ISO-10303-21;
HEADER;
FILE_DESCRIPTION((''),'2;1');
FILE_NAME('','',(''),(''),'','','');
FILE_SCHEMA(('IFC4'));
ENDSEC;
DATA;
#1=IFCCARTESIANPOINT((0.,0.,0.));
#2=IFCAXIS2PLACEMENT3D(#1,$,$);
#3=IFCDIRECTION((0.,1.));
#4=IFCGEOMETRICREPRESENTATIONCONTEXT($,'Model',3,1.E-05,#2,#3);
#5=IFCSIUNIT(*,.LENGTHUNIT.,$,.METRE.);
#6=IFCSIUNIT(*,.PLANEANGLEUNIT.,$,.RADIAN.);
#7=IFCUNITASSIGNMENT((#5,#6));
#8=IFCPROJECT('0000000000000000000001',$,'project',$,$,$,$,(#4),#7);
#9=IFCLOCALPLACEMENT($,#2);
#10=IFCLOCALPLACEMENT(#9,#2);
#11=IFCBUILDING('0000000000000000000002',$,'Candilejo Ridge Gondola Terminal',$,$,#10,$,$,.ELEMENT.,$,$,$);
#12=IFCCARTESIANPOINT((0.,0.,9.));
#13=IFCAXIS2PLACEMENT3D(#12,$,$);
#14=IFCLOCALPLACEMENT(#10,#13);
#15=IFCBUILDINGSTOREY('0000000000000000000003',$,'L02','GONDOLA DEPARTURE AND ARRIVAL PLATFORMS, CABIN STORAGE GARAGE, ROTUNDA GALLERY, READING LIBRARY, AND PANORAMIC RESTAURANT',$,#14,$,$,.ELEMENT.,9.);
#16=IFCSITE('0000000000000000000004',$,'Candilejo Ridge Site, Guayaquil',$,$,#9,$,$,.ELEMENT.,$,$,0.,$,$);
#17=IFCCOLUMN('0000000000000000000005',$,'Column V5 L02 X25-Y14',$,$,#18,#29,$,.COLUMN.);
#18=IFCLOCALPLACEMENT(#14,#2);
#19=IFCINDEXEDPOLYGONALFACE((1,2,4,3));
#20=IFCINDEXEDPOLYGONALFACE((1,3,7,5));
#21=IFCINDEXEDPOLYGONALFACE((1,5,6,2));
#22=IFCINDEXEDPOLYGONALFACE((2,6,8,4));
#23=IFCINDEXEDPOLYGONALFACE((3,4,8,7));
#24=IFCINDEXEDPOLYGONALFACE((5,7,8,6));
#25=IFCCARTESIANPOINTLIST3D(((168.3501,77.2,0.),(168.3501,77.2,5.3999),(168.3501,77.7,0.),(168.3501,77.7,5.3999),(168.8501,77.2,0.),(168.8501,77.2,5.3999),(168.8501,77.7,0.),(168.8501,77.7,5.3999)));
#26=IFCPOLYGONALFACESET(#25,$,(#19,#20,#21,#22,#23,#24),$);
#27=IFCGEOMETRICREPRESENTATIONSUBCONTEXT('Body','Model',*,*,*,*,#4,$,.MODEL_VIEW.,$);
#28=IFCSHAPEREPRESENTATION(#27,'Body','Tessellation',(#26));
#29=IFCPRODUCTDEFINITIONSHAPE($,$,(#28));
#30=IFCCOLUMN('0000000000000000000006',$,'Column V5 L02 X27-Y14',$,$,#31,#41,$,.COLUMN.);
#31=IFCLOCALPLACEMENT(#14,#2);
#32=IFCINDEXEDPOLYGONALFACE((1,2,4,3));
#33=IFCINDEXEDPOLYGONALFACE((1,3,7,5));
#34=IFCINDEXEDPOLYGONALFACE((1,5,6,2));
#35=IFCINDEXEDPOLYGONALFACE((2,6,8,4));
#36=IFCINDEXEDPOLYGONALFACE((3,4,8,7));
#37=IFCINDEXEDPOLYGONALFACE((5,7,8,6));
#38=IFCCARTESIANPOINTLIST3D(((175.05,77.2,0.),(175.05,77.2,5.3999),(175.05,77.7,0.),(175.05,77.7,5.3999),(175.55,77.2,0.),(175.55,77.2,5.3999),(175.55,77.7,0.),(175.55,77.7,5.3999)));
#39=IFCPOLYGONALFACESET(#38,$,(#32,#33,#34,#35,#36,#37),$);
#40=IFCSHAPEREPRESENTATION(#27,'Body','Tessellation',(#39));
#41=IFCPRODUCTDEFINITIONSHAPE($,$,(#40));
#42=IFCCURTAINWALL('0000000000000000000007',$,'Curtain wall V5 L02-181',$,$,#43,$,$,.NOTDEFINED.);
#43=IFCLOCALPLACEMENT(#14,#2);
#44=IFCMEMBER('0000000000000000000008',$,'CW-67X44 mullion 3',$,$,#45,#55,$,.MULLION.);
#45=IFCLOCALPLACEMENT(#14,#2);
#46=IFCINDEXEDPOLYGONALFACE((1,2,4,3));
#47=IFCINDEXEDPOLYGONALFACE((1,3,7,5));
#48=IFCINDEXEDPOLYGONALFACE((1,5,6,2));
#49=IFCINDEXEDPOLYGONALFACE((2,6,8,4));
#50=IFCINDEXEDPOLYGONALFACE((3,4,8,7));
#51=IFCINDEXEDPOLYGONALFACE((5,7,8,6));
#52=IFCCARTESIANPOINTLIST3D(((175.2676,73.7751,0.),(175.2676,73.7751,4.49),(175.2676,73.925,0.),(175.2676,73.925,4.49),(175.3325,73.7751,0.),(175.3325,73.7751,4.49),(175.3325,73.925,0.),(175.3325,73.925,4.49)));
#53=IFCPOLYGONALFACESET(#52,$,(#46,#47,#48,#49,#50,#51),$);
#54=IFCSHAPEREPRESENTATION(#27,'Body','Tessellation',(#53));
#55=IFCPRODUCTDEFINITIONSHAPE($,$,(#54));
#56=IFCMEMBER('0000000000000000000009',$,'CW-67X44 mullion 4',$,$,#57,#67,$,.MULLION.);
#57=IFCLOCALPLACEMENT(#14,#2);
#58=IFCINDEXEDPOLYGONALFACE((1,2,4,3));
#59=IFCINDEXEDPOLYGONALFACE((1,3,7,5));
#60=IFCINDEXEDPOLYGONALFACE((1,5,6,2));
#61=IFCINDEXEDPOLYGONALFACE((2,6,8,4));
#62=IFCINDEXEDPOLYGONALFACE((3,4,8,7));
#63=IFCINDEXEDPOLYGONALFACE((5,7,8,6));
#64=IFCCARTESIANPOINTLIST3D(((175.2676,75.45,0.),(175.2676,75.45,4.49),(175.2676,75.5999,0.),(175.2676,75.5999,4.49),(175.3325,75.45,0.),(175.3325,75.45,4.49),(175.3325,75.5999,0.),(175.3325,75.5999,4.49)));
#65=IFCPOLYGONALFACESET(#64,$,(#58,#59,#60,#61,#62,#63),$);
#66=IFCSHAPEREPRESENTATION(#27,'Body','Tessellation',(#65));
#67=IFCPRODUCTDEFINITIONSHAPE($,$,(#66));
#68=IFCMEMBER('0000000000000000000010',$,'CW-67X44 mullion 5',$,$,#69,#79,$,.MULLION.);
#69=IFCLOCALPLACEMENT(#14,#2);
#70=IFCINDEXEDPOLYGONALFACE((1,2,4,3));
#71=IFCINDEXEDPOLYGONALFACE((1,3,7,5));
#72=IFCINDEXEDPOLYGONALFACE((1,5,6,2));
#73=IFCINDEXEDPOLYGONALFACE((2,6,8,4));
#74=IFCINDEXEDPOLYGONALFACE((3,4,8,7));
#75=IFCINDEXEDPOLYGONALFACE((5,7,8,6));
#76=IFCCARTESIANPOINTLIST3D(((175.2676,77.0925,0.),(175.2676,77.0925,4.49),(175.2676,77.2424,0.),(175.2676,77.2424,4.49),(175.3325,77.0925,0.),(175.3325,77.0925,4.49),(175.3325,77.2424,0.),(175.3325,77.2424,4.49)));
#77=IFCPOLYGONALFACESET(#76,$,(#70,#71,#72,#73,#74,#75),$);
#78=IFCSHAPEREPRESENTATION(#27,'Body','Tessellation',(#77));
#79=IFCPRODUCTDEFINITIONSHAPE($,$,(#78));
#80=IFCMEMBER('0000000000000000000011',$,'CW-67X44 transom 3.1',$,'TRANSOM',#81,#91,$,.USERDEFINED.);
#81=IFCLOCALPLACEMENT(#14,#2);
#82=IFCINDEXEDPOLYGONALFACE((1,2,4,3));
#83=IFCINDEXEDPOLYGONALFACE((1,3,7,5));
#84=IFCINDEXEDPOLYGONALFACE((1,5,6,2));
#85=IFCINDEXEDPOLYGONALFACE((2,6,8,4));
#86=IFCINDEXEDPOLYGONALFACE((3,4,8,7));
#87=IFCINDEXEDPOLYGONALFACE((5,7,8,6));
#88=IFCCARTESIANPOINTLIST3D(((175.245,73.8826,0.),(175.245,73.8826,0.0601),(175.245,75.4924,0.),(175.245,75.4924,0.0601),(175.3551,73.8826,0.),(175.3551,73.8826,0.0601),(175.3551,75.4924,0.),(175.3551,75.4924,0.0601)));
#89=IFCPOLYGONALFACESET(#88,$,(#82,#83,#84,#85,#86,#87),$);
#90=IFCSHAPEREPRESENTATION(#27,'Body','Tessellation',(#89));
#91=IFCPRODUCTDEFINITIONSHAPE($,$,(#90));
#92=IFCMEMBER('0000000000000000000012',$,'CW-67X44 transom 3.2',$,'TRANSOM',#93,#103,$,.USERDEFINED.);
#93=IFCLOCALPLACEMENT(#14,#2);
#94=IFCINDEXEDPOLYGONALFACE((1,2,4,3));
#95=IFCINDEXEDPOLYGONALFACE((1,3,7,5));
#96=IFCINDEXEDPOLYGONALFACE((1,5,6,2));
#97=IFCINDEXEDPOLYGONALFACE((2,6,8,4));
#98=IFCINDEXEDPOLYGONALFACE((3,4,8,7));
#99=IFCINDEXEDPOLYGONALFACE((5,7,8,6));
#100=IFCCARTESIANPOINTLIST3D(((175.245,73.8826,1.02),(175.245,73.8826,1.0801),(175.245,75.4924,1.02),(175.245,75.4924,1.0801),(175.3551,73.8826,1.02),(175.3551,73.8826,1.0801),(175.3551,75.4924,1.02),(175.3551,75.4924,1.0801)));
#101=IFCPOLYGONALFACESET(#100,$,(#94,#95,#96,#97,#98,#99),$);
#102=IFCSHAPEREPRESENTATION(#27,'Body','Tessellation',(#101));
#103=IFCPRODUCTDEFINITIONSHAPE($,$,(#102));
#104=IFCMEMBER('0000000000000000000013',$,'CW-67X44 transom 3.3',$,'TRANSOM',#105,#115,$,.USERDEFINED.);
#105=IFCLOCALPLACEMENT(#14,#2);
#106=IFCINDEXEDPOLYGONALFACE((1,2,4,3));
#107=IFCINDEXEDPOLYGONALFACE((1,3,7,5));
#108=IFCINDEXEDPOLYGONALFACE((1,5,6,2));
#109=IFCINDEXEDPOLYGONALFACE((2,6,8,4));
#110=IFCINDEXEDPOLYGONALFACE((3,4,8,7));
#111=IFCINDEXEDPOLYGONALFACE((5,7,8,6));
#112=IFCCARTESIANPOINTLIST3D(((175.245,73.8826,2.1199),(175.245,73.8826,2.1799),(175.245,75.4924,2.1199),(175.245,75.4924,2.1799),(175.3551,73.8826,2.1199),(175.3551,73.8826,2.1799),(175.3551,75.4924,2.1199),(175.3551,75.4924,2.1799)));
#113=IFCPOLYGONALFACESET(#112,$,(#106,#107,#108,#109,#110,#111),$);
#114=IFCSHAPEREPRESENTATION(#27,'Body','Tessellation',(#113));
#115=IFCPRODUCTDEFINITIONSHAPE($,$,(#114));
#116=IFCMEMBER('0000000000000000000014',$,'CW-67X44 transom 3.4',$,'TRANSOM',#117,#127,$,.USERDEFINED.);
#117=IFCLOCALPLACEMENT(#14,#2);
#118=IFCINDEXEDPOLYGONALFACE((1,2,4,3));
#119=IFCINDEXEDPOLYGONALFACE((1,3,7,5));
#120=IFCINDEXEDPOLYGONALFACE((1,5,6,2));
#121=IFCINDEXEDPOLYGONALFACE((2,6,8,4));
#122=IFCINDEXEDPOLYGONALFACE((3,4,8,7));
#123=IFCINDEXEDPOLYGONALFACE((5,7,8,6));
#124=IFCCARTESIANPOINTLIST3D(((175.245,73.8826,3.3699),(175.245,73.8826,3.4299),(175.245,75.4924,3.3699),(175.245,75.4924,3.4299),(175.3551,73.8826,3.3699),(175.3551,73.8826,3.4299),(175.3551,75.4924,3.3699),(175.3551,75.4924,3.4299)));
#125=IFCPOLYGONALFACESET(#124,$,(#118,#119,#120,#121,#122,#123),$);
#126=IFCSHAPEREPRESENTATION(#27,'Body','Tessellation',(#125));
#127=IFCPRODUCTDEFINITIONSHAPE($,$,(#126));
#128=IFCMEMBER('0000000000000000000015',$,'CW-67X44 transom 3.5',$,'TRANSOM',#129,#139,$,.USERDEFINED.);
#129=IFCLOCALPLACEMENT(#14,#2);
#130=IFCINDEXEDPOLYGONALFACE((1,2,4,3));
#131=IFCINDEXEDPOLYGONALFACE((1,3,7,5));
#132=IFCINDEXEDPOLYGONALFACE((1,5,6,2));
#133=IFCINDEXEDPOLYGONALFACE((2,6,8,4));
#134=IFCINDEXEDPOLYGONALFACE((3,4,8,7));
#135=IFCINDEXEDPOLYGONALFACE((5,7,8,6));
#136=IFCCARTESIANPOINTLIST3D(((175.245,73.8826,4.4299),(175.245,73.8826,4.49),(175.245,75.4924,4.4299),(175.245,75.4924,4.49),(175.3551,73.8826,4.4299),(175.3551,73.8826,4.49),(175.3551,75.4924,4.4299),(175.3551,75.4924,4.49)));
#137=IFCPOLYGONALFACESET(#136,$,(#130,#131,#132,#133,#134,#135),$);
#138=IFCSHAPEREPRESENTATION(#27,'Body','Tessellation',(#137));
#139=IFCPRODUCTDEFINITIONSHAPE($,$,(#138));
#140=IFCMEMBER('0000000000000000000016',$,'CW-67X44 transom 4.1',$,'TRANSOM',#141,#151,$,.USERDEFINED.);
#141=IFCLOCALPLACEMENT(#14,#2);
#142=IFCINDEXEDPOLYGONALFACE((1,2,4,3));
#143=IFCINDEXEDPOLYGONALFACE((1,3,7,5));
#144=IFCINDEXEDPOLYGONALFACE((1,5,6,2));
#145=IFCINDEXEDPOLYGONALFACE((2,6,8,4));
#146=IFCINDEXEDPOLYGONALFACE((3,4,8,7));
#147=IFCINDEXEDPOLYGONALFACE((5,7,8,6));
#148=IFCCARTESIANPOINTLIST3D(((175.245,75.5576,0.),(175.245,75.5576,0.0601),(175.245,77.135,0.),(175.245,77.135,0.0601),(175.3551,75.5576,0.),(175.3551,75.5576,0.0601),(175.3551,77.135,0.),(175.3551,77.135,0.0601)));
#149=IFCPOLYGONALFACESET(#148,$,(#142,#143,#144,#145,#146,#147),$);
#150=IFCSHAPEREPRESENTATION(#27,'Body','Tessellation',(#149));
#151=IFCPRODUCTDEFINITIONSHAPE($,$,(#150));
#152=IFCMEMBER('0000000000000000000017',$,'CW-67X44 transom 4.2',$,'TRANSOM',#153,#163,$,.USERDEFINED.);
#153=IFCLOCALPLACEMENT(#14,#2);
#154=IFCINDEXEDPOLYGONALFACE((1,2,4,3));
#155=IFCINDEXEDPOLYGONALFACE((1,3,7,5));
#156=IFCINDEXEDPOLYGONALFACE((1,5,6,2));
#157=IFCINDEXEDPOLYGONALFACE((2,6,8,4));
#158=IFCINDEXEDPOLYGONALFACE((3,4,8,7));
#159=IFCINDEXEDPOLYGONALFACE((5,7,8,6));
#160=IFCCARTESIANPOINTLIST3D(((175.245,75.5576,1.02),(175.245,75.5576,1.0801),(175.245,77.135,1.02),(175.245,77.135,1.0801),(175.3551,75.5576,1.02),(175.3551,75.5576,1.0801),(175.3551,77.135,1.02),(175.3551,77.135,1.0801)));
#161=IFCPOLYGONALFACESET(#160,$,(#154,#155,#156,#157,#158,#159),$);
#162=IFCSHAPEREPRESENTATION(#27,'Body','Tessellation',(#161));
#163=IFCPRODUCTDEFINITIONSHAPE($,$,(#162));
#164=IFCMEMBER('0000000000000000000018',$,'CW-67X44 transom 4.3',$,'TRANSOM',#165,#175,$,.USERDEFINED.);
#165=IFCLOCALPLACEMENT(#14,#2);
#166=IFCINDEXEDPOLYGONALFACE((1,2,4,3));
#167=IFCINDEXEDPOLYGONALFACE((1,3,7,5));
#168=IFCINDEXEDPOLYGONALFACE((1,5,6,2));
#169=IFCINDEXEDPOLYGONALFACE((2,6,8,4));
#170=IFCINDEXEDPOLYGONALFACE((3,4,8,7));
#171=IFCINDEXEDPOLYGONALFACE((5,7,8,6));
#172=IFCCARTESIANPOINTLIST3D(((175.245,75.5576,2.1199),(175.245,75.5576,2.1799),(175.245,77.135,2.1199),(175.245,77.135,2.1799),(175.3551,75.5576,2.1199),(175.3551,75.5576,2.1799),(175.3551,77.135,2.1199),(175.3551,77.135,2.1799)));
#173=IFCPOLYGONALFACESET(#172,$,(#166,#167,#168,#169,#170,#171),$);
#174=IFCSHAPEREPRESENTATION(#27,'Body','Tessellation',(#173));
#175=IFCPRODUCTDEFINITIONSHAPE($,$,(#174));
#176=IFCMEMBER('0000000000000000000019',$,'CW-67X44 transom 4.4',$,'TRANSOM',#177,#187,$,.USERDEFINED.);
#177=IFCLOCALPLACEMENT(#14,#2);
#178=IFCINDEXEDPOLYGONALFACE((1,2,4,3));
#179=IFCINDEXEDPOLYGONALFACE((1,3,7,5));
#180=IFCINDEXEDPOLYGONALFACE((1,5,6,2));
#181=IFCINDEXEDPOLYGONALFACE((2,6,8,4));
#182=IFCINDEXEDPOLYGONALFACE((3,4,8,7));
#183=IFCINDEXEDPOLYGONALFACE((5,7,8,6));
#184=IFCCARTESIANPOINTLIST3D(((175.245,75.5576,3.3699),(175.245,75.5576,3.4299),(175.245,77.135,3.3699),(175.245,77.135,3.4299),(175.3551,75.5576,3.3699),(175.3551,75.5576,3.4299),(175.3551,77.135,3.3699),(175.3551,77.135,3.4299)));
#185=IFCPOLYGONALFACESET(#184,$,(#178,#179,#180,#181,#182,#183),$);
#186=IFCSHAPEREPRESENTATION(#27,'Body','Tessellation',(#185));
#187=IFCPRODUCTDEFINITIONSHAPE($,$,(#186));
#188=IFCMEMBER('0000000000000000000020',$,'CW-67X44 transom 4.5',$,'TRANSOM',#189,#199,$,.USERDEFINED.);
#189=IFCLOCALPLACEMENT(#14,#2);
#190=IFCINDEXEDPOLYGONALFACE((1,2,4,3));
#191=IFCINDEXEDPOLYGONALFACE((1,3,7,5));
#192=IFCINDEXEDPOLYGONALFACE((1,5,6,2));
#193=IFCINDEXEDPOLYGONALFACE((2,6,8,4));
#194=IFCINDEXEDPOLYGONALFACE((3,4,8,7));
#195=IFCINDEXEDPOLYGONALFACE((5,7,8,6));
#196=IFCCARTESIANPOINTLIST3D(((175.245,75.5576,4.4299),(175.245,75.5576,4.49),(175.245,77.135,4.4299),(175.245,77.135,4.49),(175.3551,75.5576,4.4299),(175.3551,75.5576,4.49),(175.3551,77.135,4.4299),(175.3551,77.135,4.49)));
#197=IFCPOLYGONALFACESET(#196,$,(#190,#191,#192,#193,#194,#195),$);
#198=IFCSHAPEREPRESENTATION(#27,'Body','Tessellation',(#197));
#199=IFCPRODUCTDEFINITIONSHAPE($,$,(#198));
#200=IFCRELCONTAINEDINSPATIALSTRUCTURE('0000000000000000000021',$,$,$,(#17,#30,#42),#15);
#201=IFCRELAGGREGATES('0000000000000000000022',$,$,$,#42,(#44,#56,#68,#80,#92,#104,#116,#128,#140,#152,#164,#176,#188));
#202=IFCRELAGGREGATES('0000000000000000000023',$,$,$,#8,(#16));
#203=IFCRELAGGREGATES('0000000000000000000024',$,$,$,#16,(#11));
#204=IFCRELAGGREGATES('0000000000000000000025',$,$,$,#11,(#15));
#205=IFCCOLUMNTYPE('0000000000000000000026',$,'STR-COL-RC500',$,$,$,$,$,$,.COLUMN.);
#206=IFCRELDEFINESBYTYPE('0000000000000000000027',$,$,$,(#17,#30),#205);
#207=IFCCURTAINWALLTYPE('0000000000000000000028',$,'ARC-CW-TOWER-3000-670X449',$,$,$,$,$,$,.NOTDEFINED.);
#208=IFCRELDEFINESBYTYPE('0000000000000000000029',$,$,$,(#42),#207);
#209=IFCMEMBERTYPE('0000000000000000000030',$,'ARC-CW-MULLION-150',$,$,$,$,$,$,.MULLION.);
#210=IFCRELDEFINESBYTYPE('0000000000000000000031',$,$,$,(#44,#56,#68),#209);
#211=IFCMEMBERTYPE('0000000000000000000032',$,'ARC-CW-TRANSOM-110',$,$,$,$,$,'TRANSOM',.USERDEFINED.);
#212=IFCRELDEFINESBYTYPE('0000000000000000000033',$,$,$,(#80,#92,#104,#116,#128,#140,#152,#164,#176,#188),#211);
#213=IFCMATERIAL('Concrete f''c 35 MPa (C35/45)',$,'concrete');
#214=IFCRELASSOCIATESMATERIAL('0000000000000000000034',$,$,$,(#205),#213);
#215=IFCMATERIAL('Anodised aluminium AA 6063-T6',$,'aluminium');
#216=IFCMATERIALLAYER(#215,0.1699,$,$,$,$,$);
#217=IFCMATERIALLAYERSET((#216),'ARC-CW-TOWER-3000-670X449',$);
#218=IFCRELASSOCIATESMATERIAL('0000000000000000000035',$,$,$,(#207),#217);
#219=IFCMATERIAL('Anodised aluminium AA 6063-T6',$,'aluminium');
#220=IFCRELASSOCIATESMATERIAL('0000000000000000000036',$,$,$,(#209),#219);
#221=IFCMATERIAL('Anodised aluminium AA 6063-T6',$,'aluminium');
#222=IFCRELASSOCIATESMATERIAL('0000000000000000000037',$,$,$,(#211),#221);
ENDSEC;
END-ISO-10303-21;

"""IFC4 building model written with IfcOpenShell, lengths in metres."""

from ifc_helpers import new_model, si_unit, direction, frame, origin, origin_2d, place, context, subcontext, project, spatial, rectangle, extrude, material, layer, layer_set, material_profile, profile_set, type_object, element, aggregate, save


model = new_model("IFC4")

# Units and contexts
model_context = context("Model", 3, precision=1e-05, world=origin(), true_north=direction((0.0, 1.0)))
body_context = subcontext(model_context, "Body", "Model", "MODEL_VIEW")
ifc_project = project(units=[si_unit("LENGTHUNIT", "METRE"), si_unit("PLANEANGLEUNIT", "RADIAN")], contexts=[model_context])

# Site, building, storey
site_placement = place(None, origin())
site = spatial("IfcSite", under=ifc_project, at=site_placement, Name="Candilejo Ridge Site, Guayaquil", CompositionType="ELEMENT", RefElevation=0.0)
building_placement = place(site_placement, origin())
building = spatial("IfcBuilding", under=site, at=building_placement, Name="Candilejo Ridge Gondola Terminal", CompositionType="ELEMENT")
storey_placement = place(building_placement, frame((0.0, 0.0, 9.0)))
storey = spatial("IfcBuildingStorey", under=building, at=storey_placement, Name="L02", Description="GONDOLA DEPARTURE AND ARRIVAL PLATFORMS, CABIN STORAGE GARAGE, ROTUNDA GALLERY, READING LIBRARY, AND PANORAMIC RESTAURANT", CompositionType="ELEMENT", Elevation=9.0)

# Columns
ifc_material_1 = material(Name="Concrete f'c 35 MPa (C35/45)", Category="concrete")
ifc_material_profile_1 = material_profile(ifc_material_1, rectangle(XDim=0.5, YDim=0.5, at=origin_2d()))
ifc_profile_set_1 = profile_set([ifc_material_profile_1], Name="Concrete f'c 35 MPa (C35/45)")
column_type = type_object("IfcColumnType", Name="STR-COL-RC500", PredefinedType="COLUMN", material=ifc_profile_set_1)
for number, where, z_axis, x_axis, name in (
    (1, (168.6001, 77.45, 0.0), (0.0, 0.0, 1.0), (1.0, 0.0, 0.0), "Column V5 L02 X25-Y14"),
    (2, (175.3, 77.45, 0.0), (0.0, 0.0, 1.0), (1.0, 0.0, 0.0), "Column V5 L02 X27-Y14"),
):
    element("IfcColumn", number, at=place(storey_placement, frame(where, z_axis=z_axis, x_axis=x_axis)), inside=storey, type_object=column_type, Name=name, PredefinedType="COLUMN", context=body_context, shape_type="SweptSolid", body=[
        extrude(rectangle(XDim=0.5, YDim=0.5, at=origin_2d()), origin(), (0.0, 0.0, 1.0), 5.3999),
    ])

# Curtain wall, members
ifc_material_2 = material(Name="Anodised aluminium AA 6063-T6", Category="aluminium")
ifc_layer_1 = layer(ifc_material_2, 0.1699)
ifc_layer_set_1 = layer_set([ifc_layer_1], Name="ARC-CW-TOWER-3000-670X449")
curtain_wall_type = type_object("IfcCurtainWallType", Name="ARC-CW-TOWER-3000-670X449", PredefinedType="NOTDEFINED", material=ifc_layer_set_1)
curtain_wall_placement = place(storey_placement, origin())
curtain_wall = element("IfcCurtainWall", 3, at=curtain_wall_placement, inside=storey, type_object=curtain_wall_type, Name="Curtain wall V5 L02-181", PredefinedType="NOTDEFINED")
ifc_material_3 = material(Name="Anodised aluminium AA 6063-T6", Category="aluminium")
ifc_material_profile_2 = material_profile(ifc_material_3, rectangle(XDim=0.0649, YDim=0.1499, at=origin_2d()))
ifc_profile_set_2 = profile_set([ifc_material_profile_2], Name="Anodised aluminium AA 6063-T6")
member_type_1 = type_object("IfcMemberType", Name="ARC-CW-MULLION-150", PredefinedType="MULLION", material=ifc_profile_set_2)
member_1_placement = place(storey_placement, frame((175.3, 73.8501, 0.0), z_axis=(0.0, 0.0, 1.0), x_axis=(-1.0, 0.0, 0.0)))
member_1 = element("IfcMember", 4, at=member_1_placement, type_object=member_type_1, Name="CW-67X44 mullion 3", PredefinedType="MULLION", context=body_context, shape_type="SweptSolid", body=[
    extrude(rectangle(XDim=0.0649, YDim=0.1499, at=origin_2d()), origin(), (0.0, 0.0, 1.0), 4.49),
])
member_2_placement = place(storey_placement, frame((175.3, 75.5249, 0.0), z_axis=(0.0, 0.0, 1.0), x_axis=(-1.0, 0.0, 0.0)))
member_2 = element("IfcMember", 5, at=member_2_placement, type_object=member_type_1, Name="CW-67X44 mullion 4", PredefinedType="MULLION", context=body_context, shape_type="SweptSolid", body=[
    extrude(rectangle(XDim=0.0649, YDim=0.1499, at=origin_2d()), origin(), (0.0, 0.0, 1.0), 4.49),
])
member_3_placement = place(storey_placement, frame((175.3, 77.1675, 0.0), z_axis=(0.0, 0.0, 1.0), x_axis=(-1.0, 0.0, 0.0)))
member_3 = element("IfcMember", 6, at=member_3_placement, type_object=member_type_1, Name="CW-67X44 mullion 5", PredefinedType="MULLION", context=body_context, shape_type="SweptSolid", body=[
    extrude(rectangle(XDim=0.0649, YDim=0.1499, at=origin_2d()), origin(), (0.0, 0.0, 1.0), 4.49),
])
ifc_material_4 = material(Name="Anodised aluminium AA 6063-T6", Category="aluminium")
ifc_material_profile_3 = material_profile(ifc_material_4, rectangle(XDim=0.1101, YDim=0.0601, at=origin_2d()))
ifc_profile_set_3 = profile_set([ifc_material_profile_3], Name="Anodised aluminium AA 6063-T6")
member_type_2 = type_object("IfcMemberType", Name="ARC-CW-TRANSOM-110", ElementType="TRANSOM", PredefinedType="USERDEFINED", material=ifc_profile_set_3)
member_4_placement = place(storey_placement, frame((175.3, 73.8826, 0.03), z_axis=(0.0, 1.0, 0.0), x_axis=(-1.0, 0.0, 0.0)))
member_4 = element("IfcMember", 7, at=member_4_placement, type_object=member_type_2, Name="CW-67X44 transom 3.1", ObjectType="TRANSOM", PredefinedType="USERDEFINED", context=body_context, shape_type="SweptSolid", body=[
    extrude(rectangle(XDim=0.1101, YDim=0.0601, at=origin_2d()), origin(), (0.0, 0.0, 1.0), 1.6099),
])
member_5_placement = place(storey_placement, frame((175.3, 73.8826, 1.05), z_axis=(0.0, 1.0, 0.0), x_axis=(-1.0, 0.0, 0.0)))
member_5 = element("IfcMember", 8, at=member_5_placement, type_object=member_type_2, Name="CW-67X44 transom 3.2", ObjectType="TRANSOM", PredefinedType="USERDEFINED", context=body_context, shape_type="SweptSolid", body=[
    extrude(rectangle(XDim=0.1101, YDim=0.0601, at=origin_2d()), origin(), (0.0, 0.0, 1.0), 1.6099),
])
member_6_placement = place(storey_placement, frame((175.3, 73.8826, 2.1499), z_axis=(0.0, 1.0, 0.0), x_axis=(-1.0, 0.0, 0.0)))
member_6 = element("IfcMember", 9, at=member_6_placement, type_object=member_type_2, Name="CW-67X44 transom 3.3", ObjectType="TRANSOM", PredefinedType="USERDEFINED", context=body_context, shape_type="SweptSolid", body=[
    extrude(rectangle(XDim=0.1101, YDim=0.0601, at=origin_2d()), origin(), (0.0, 0.0, 1.0), 1.6099),
])
member_7_placement = place(storey_placement, frame((175.3, 73.8826, 3.3999), z_axis=(0.0, 1.0, 0.0), x_axis=(-1.0, 0.0, 0.0)))
member_7 = element("IfcMember", 10, at=member_7_placement, type_object=member_type_2, Name="CW-67X44 transom 3.4", ObjectType="TRANSOM", PredefinedType="USERDEFINED", context=body_context, shape_type="SweptSolid", body=[
    extrude(rectangle(XDim=0.1101, YDim=0.0601, at=origin_2d()), origin(), (0.0, 0.0, 1.0), 1.6099),
])
member_8_placement = place(storey_placement, frame((175.3, 73.8826, 4.46), z_axis=(0.0, 1.0, 0.0), x_axis=(-1.0, 0.0, 0.0)))
member_8 = element("IfcMember", 11, at=member_8_placement, type_object=member_type_2, Name="CW-67X44 transom 3.5", ObjectType="TRANSOM", PredefinedType="USERDEFINED", context=body_context, shape_type="SweptSolid", body=[
    extrude(rectangle(XDim=0.1101, YDim=0.0601, at=origin_2d()), origin(), (0.0, 0.0, 1.0), 1.6099),
])
member_9_placement = place(storey_placement, frame((175.3, 75.5576, 0.03), z_axis=(0.0, 1.0, 0.0), x_axis=(-1.0, 0.0, 0.0)))
member_9 = element("IfcMember", 12, at=member_9_placement, type_object=member_type_2, Name="CW-67X44 transom 4.1", ObjectType="TRANSOM", PredefinedType="USERDEFINED", context=body_context, shape_type="SweptSolid", body=[
    extrude(rectangle(XDim=0.1101, YDim=0.0601, at=origin_2d()), origin(), (0.0, 0.0, 1.0), 1.5774),
])
member_10_placement = place(storey_placement, frame((175.3, 75.5576, 1.05), z_axis=(0.0, 1.0, 0.0), x_axis=(-1.0, 0.0, 0.0)))
member_10 = element("IfcMember", 13, at=member_10_placement, type_object=member_type_2, Name="CW-67X44 transom 4.2", ObjectType="TRANSOM", PredefinedType="USERDEFINED", context=body_context, shape_type="SweptSolid", body=[
    extrude(rectangle(XDim=0.1101, YDim=0.0601, at=origin_2d()), origin(), (0.0, 0.0, 1.0), 1.5774),
])
member_11_placement = place(storey_placement, frame((175.3, 75.5576, 2.1499), z_axis=(0.0, 1.0, 0.0), x_axis=(-1.0, 0.0, 0.0)))
member_11 = element("IfcMember", 14, at=member_11_placement, type_object=member_type_2, Name="CW-67X44 transom 4.3", ObjectType="TRANSOM", PredefinedType="USERDEFINED", context=body_context, shape_type="SweptSolid", body=[
    extrude(rectangle(XDim=0.1101, YDim=0.0601, at=origin_2d()), origin(), (0.0, 0.0, 1.0), 1.5774),
])
member_12_placement = place(storey_placement, frame((175.3, 75.5576, 3.3999), z_axis=(0.0, 1.0, 0.0), x_axis=(-1.0, 0.0, 0.0)))
member_12 = element("IfcMember", 15, at=member_12_placement, type_object=member_type_2, Name="CW-67X44 transom 4.4", ObjectType="TRANSOM", PredefinedType="USERDEFINED", context=body_context, shape_type="SweptSolid", body=[
    extrude(rectangle(XDim=0.1101, YDim=0.0601, at=origin_2d()), origin(), (0.0, 0.0, 1.0), 1.5774),
])
member_13_placement = place(storey_placement, frame((175.3, 75.5576, 4.46), z_axis=(0.0, 1.0, 0.0), x_axis=(-1.0, 0.0, 0.0)))
member_13 = element("IfcMember", 16, at=member_13_placement, type_object=member_type_2, Name="CW-67X44 transom 4.5", ObjectType="TRANSOM", PredefinedType="USERDEFINED", context=body_context, shape_type="SweptSolid", body=[
    extrude(rectangle(XDim=0.1101, YDim=0.0601, at=origin_2d()), origin(), (0.0, 0.0, 1.0), 1.5774),
])

aggregate(curtain_wall, [member_1, member_2, member_3, member_4, member_5, member_6, member_7, member_8, member_9, member_10, member_11, member_12, member_13])

save(model, "model.ifc")
